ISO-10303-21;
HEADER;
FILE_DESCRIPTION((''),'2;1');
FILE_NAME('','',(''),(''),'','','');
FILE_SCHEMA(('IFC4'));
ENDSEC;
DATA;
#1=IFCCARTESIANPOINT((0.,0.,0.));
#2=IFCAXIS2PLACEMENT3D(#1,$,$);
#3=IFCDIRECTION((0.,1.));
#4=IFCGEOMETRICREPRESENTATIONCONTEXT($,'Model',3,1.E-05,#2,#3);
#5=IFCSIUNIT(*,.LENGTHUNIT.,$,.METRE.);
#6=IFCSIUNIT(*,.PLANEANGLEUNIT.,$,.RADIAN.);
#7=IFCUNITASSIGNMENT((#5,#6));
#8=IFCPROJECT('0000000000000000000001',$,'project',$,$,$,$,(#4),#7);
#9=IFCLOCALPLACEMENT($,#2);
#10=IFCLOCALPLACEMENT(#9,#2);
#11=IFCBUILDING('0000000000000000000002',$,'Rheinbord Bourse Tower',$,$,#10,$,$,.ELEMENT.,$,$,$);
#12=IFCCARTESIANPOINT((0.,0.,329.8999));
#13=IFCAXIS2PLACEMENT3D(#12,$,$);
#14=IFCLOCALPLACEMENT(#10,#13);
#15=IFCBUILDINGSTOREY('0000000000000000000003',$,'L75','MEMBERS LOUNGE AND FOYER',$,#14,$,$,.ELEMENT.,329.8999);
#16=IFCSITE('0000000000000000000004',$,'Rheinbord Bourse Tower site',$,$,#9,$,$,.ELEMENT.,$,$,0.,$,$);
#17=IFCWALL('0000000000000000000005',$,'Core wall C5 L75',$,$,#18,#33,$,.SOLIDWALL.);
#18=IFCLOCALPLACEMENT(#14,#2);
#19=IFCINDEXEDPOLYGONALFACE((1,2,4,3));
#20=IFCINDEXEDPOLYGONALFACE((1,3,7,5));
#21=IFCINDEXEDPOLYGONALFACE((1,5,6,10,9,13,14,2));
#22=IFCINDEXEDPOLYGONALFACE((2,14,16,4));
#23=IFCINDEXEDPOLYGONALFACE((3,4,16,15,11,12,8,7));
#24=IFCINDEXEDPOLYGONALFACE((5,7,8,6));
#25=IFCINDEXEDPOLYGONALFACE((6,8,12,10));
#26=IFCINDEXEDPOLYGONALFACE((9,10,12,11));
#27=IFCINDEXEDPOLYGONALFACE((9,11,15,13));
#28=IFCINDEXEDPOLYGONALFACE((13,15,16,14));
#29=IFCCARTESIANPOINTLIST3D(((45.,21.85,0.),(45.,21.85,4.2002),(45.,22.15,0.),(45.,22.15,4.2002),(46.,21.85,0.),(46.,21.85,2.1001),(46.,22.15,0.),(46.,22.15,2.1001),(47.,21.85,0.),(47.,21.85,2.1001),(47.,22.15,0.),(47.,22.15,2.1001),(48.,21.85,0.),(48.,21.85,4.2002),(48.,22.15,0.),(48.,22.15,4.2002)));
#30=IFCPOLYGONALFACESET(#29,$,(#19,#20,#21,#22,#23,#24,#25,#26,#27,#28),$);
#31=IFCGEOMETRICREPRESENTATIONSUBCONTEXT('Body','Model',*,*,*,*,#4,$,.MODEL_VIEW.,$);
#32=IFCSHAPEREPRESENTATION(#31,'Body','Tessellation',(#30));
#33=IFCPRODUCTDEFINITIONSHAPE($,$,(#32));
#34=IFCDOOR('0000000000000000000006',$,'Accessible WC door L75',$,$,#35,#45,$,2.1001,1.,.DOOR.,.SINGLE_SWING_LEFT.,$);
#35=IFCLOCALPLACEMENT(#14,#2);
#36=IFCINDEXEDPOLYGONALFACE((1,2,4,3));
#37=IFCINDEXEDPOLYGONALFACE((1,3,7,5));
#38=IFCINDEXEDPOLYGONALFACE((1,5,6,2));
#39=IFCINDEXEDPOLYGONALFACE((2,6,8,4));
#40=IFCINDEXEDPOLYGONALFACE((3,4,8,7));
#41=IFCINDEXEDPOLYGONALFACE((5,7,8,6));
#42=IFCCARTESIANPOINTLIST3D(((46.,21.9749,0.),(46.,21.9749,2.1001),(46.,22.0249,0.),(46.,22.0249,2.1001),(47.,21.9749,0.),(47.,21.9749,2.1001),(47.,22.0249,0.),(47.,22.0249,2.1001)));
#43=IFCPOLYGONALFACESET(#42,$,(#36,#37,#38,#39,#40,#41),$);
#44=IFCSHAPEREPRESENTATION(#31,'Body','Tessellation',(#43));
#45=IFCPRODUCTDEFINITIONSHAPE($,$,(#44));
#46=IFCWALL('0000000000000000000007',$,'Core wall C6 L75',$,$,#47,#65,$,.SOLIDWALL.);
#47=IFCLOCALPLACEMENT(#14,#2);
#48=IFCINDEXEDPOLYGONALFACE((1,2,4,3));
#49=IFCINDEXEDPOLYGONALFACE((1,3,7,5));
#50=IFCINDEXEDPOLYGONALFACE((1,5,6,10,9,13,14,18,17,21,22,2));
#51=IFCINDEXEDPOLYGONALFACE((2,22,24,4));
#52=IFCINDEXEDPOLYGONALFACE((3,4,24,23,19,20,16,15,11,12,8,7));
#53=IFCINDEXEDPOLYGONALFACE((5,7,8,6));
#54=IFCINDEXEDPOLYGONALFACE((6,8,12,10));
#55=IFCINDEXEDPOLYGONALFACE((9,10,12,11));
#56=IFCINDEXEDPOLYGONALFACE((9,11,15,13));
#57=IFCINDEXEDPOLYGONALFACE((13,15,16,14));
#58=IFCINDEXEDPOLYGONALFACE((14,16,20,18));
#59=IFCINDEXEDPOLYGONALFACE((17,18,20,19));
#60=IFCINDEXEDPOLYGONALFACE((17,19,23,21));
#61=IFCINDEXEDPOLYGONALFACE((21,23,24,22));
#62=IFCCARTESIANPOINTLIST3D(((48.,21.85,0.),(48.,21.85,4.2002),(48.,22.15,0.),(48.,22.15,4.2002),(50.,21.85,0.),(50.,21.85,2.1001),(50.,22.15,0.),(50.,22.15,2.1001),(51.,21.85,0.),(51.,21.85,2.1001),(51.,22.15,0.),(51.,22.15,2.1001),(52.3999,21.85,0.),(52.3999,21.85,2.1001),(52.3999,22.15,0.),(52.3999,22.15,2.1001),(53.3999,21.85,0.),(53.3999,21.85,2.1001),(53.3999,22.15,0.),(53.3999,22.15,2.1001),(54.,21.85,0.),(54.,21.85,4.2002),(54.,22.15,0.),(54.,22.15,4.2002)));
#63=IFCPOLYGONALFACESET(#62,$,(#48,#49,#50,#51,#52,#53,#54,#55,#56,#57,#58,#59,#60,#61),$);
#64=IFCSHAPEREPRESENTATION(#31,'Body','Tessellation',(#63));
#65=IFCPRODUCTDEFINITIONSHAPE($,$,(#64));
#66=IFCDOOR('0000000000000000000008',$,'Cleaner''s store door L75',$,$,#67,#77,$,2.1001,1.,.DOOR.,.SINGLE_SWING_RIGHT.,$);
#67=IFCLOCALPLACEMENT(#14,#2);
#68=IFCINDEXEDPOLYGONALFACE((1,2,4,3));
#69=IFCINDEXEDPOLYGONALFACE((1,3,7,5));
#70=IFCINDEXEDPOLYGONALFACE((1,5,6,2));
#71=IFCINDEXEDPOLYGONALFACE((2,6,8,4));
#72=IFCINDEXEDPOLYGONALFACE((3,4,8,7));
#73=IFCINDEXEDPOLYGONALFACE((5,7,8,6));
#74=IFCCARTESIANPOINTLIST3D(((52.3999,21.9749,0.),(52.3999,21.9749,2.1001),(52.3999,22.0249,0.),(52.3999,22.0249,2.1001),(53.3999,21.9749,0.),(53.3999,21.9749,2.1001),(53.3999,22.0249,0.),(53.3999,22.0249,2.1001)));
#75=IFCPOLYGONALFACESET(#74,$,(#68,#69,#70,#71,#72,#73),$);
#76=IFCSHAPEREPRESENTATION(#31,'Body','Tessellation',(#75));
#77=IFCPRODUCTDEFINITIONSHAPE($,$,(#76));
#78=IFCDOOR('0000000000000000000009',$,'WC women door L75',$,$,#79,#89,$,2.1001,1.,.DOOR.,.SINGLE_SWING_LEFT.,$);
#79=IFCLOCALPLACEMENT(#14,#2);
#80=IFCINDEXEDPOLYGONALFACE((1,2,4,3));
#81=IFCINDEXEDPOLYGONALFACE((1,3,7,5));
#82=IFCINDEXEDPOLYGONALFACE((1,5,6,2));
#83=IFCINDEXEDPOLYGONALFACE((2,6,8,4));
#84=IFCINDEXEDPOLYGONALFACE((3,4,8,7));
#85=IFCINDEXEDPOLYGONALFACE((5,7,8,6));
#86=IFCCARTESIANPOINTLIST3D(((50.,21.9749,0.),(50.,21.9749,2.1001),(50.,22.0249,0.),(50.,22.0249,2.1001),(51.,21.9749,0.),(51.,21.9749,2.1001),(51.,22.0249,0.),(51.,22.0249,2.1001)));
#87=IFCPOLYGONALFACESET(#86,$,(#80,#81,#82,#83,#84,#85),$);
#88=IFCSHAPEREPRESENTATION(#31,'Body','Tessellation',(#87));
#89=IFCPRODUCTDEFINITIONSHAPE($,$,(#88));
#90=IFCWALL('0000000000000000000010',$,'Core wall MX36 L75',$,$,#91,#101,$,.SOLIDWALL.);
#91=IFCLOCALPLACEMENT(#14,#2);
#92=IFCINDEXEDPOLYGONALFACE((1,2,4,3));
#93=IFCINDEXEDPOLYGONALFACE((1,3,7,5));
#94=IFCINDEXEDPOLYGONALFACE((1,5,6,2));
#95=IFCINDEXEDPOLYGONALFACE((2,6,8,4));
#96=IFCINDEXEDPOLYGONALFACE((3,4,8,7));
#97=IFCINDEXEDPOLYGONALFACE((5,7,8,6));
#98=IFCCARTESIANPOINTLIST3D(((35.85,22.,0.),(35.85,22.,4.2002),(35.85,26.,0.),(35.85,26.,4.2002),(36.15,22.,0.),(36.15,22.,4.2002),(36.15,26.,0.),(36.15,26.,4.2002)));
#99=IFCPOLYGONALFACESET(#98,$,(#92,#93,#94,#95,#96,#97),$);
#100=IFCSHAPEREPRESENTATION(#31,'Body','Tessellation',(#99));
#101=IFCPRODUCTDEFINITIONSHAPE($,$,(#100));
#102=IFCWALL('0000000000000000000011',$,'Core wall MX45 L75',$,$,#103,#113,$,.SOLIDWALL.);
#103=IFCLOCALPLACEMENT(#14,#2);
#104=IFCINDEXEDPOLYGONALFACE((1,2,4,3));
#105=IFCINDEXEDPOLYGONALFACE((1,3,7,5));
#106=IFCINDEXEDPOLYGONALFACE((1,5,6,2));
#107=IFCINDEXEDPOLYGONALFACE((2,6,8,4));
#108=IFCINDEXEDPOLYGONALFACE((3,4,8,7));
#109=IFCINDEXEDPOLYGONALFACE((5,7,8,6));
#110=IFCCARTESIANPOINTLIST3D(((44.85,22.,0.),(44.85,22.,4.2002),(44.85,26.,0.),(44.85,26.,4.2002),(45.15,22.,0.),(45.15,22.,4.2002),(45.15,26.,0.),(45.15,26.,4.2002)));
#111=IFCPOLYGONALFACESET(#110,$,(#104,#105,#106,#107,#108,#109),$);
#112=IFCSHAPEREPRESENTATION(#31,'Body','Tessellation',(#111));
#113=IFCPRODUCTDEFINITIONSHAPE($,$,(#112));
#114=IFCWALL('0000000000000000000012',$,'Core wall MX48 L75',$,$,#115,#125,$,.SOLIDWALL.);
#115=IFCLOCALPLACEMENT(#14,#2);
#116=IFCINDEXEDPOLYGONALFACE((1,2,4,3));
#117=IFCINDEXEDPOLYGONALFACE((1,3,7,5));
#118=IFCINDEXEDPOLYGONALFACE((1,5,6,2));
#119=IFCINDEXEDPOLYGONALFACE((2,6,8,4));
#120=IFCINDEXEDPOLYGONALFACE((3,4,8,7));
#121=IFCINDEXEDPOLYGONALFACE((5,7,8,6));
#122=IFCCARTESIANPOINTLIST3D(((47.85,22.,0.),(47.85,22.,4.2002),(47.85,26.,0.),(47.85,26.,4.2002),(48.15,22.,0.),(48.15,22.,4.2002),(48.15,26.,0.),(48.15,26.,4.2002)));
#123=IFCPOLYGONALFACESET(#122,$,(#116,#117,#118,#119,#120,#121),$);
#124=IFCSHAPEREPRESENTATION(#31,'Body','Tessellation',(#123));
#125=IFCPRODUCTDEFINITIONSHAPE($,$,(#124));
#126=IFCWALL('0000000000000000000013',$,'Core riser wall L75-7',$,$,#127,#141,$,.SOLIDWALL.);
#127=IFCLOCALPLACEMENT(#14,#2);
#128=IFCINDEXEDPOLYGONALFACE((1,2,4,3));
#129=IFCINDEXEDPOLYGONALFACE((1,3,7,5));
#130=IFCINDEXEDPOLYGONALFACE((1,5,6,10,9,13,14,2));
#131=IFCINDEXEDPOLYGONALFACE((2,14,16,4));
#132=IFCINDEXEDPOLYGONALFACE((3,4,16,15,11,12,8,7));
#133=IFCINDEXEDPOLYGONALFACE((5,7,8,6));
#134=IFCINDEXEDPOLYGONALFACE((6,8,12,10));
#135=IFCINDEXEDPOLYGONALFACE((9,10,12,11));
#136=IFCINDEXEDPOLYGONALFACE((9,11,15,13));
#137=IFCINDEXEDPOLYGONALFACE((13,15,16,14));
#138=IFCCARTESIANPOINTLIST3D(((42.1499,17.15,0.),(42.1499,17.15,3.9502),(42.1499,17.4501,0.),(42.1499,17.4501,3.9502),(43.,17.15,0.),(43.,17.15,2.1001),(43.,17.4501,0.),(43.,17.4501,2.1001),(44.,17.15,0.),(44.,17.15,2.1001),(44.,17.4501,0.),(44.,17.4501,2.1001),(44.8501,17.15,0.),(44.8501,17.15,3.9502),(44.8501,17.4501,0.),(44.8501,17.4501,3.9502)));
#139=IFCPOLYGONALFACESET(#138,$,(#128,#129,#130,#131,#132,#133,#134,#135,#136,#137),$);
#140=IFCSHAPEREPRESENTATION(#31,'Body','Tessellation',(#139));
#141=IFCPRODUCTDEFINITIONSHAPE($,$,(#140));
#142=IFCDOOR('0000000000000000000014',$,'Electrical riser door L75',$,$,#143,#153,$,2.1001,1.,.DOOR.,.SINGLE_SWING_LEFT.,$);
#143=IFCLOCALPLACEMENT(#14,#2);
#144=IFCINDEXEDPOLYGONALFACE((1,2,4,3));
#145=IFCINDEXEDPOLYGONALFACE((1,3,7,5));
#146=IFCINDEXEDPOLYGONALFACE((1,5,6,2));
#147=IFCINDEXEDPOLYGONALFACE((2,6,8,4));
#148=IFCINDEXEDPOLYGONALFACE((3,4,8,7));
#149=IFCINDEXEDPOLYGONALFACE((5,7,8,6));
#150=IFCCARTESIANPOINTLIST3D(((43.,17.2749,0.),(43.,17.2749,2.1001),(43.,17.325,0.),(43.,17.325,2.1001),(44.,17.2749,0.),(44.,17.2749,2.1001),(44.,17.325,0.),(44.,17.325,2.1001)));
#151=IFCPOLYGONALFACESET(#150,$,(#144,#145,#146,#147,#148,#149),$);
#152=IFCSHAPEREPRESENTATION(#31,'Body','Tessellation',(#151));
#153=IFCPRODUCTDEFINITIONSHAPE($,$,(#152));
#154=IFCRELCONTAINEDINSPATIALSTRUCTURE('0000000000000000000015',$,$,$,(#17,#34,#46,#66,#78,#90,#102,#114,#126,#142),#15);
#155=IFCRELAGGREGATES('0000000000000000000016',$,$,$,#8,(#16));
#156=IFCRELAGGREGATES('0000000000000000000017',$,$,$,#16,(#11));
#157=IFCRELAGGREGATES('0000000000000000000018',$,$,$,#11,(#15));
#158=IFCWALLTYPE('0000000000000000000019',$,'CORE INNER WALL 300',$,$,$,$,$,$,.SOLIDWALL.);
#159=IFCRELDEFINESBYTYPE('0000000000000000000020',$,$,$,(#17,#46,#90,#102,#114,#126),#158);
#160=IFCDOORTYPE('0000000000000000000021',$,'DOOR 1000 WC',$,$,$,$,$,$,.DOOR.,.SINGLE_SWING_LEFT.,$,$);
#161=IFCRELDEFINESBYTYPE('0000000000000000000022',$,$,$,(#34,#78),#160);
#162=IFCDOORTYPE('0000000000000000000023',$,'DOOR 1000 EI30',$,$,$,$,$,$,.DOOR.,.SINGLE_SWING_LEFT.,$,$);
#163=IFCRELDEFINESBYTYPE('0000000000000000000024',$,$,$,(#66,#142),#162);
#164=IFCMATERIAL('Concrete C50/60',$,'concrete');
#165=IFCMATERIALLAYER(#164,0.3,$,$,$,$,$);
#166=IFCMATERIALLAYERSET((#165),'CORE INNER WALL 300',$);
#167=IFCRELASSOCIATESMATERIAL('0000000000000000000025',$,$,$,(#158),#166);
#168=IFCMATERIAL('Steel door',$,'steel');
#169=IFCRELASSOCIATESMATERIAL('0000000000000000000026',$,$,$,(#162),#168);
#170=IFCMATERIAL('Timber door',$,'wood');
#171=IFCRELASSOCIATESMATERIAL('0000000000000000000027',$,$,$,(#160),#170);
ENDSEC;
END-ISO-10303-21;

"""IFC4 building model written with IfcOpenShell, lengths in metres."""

from ifc_helpers import new_model, si_unit, direction, frame, frame_2d, origin, place, context, subcontext, project, spatial, rectangle, extrude, material, layer, layer_set, type_object, element, fill, save


model = new_model("IFC4")

# Units and contexts
model_context = context("Model", 3, precision=1e-05, world=origin(), true_north=direction((0.0, 1.0)))
body_context = subcontext(model_context, "Body", "Model", "MODEL_VIEW")
ifc_project = project(units=[si_unit("LENGTHUNIT", "METRE"), si_unit("PLANEANGLEUNIT", "RADIAN")], contexts=[model_context])

# Site, building, storey
site_placement = place(None, origin())
site = spatial("IfcSite", under=ifc_project, at=site_placement, Name="Rheinbord Bourse Tower site", CompositionType="ELEMENT", RefElevation=0.0)
building_placement = place(site_placement, origin())
building = spatial("IfcBuilding", under=site, at=building_placement, Name="Rheinbord Bourse Tower", CompositionType="ELEMENT")
storey_placement = place(building_placement, frame((0.0, 0.0, 329.8999)))
storey = spatial("IfcBuildingStorey", under=building, at=storey_placement, Name="L75", Description="MEMBERS LOUNGE AND FOYER", CompositionType="ELEMENT", Elevation=329.8999)

# Wall, opening, door
ifc_material_1 = material(Name="Concrete C50/60", Category="concrete")
ifc_layer_1 = layer(ifc_material_1, 0.3)
ifc_layer_set_1 = layer_set([ifc_layer_1], Name="CORE INNER WALL 300")
wall_type_1 = type_object("IfcWallType", Name="CORE INNER WALL 300", PredefinedType="SOLIDWALL", material=ifc_layer_set_1)
ifc_material_2 = material(Name="Steel door", Category="steel")
door_type_1 = type_object("IfcDoorType", Name="DOOR 1000 EI30", OperationType="SINGLE_SWING_LEFT", PredefinedType="DOOR", material=ifc_material_2)
wall_1_placement = place(storey_placement, frame((45.0, 22.0, 0.0), z_axis=(0.0, 0.0, 1.0), x_axis=(1.0, 0.0, 0.0)))
wall_1 = element("IfcWall", 1, at=wall_1_placement, inside=storey, type_object=wall_type_1, Name="Core wall C5 L75", PredefinedType="SOLIDWALL", context=body_context, shape_type="SweptSolid", body=[
    extrude(rectangle(XDim=3.0, YDim=0.3, at=frame_2d((1.5, 0.0))), origin(), (0.0, 0.0, 1.0), 4.2002),
])
opening_1_placement = place(wall_1_placement, frame((1.0, 0.0, 0.0)))
opening_1 = element("IfcOpeningElement", 2, at=opening_1_placement, cuts=wall_1, PredefinedType="OPENING", context=body_context, shape_type="SweptSolid", body=[
    extrude(rectangle(XDim=1.0, YDim=2.1001, at=frame_2d((0.5, 1.05))), frame((0.0, 0.1599, 0.0), z_axis=(0.0, -1.0, 0.0), x_axis=(1.0, 0.0, 0.0)), (0.0, 0.0, 1.0), 0.3201),
])
ifc_material_3 = material(Name="Timber door", Category="wood")
door_type_2 = type_object("IfcDoorType", Name="DOOR 1000 WC", OperationType="SINGLE_SWING_LEFT", PredefinedType="DOOR", material=ifc_material_3)
door_1_placement = place(opening_1_placement, origin())
door_1 = element("IfcDoor", 3, at=door_1_placement, inside=storey, type_object=door_type_2, Name="Accessible WC door L75", OperationType="SINGLE_SWING_LEFT", OverallHeight=2.1001, OverallWidth=1.0, PredefinedType="DOOR", context=body_context, shape_type="SweptSolid", body=[
    extrude(rectangle(XDim=1.0, YDim=2.1001, at=frame_2d((0.5, 1.05))), frame((0.0, 0.0249, 0.0), z_axis=(0.0, -1.0, 0.0), x_axis=(1.0, 0.0, 0.0)), (0.0, 0.0, 1.0), 0.05),
])
fill(opening_1, door_1)

# Wall, openings, doors
wall_2_placement = place(storey_placement, frame((48.0, 22.0, 0.0), z_axis=(0.0, 0.0, 1.0), x_axis=(1.0, 0.0, 0.0)))
wall_2 = element("IfcWall", 4, at=wall_2_placement, inside=storey, type_object=wall_type_1, Name="Core wall C6 L75", PredefinedType="SOLIDWALL", context=body_context, shape_type="SweptSolid", body=[
    extrude(rectangle(XDim=6.0, YDim=0.3, at=frame_2d((3.0, 0.0))), origin(), (0.0, 0.0, 1.0), 4.2002),
])
opening_2_placement = place(wall_2_placement, frame((2.0, 0.0, 0.0)))
opening_2 = element("IfcOpeningElement", 5, at=opening_2_placement, cuts=wall_2, PredefinedType="OPENING", context=body_context, shape_type="SweptSolid", body=[
    extrude(rectangle(XDim=1.0, YDim=2.1001, at=frame_2d((0.5, 1.05))), frame((0.0, 0.1599, 0.0), z_axis=(0.0, -1.0, 0.0), x_axis=(1.0, 0.0, 0.0)), (0.0, 0.0, 1.0), 0.3201),
])
opening_3_placement = place(wall_2_placement, frame((4.3999, 0.0, 0.0)))
opening_3 = element("IfcOpeningElement", 6, at=opening_3_placement, cuts=wall_2, PredefinedType="OPENING", context=body_context, shape_type="SweptSolid", body=[
    extrude(rectangle(XDim=1.0, YDim=2.1001, at=frame_2d((0.5, 1.05))), frame((0.0, 0.1599, 0.0), z_axis=(0.0, -1.0, 0.0), x_axis=(1.0, 0.0, 0.0)), (0.0, 0.0, 1.0), 0.3201),
])
door_2_placement = place(opening_3_placement, origin())
door_2 = element("IfcDoor", 7, at=door_2_placement, inside=storey, type_object=door_type_1, Name="Cleaner's store door L75", OperationType="SINGLE_SWING_RIGHT", OverallHeight=2.1001, OverallWidth=1.0, PredefinedType="DOOR", context=body_context, shape_type="SweptSolid", body=[
    extrude(rectangle(XDim=1.0, YDim=2.1001, at=frame_2d((0.5, 1.05))), frame((0.0, 0.0249, 0.0), z_axis=(0.0, -1.0, 0.0), x_axis=(1.0, 0.0, 0.0)), (0.0, 0.0, 1.0), 0.05),
])
fill(opening_3, door_2)
door_3_placement = place(opening_2_placement, origin())
door_3 = element("IfcDoor", 8, at=door_3_placement, inside=storey, type_object=door_type_2, Name="WC women door L75", OperationType="SINGLE_SWING_LEFT", OverallHeight=2.1001, OverallWidth=1.0, PredefinedType="DOOR", context=body_context, shape_type="SweptSolid", body=[
    extrude(rectangle(XDim=1.0, YDim=2.1001, at=frame_2d((0.5, 1.05))), frame((0.0, 0.0249, 0.0), z_axis=(0.0, -1.0, 0.0), x_axis=(1.0, 0.0, 0.0)), (0.0, 0.0, 1.0), 0.05),
])
fill(opening_2, door_3)

# Walls
for number, where, z_axis, x_axis, name in (
    (9, (36.0, 22.0, 0.0), (0.0, 0.0, 1.0), (0.0, 1.0, 0.0), "Core wall MX36 L75"),
    (10, (45.0, 22.0, 0.0), (0.0, 0.0, 1.0), (0.0, 1.0, 0.0), "Core wall MX45 L75"),
    (11, (48.0, 22.0, 0.0), (0.0, 0.0, 1.0), (0.0, 1.0, 0.0), "Core wall MX48 L75"),
):
    element("IfcWall", number, at=place(storey_placement, frame(where, z_axis=z_axis, x_axis=x_axis)), inside=storey, type_object=wall_type_1, Name=name, PredefinedType="SOLIDWALL", context=body_context, shape_type="SweptSolid", body=[
        extrude(rectangle(XDim=4.0, YDim=0.3, at=frame_2d((2.0, 0.0))), origin(), (0.0, 0.0, 1.0), 4.2002),
    ])

# Wall, opening, door
wall_3_placement = place(storey_placement, frame((42.1499, 17.3, 0.0), z_axis=(0.0, 0.0, 1.0), x_axis=(1.0, 0.0, 0.0)))
wall_3 = element("IfcWall", 12, at=wall_3_placement, inside=storey, type_object=wall_type_1, Name="Core riser wall L75-7", PredefinedType="SOLIDWALL", context=body_context, shape_type="SweptSolid", body=[
    extrude(rectangle(XDim=2.7002, YDim=0.3, at=frame_2d((1.3501, 0.0))), origin(), (0.0, 0.0, 1.0), 3.9502),
])
opening_4_placement = place(wall_3_placement, frame((0.8501, 0.0, 0.0)))
opening_4 = element("IfcOpeningElement", 13, at=opening_4_placement, cuts=wall_3, PredefinedType="OPENING", context=body_context, shape_type="SweptSolid", body=[
    extrude(rectangle(XDim=1.0, YDim=2.1001, at=frame_2d((0.5, 1.05))), frame((0.0, 0.1599, 0.0), z_axis=(0.0, -1.0, 0.0), x_axis=(1.0, 0.0, 0.0)), (0.0, 0.0, 1.0), 0.3201),
])
door_4_placement = place(opening_4_placement, origin())
door_4 = element("IfcDoor", 14, at=door_4_placement, inside=storey, type_object=door_type_1, Name="Electrical riser door L75", OperationType="SINGLE_SWING_LEFT", OverallHeight=2.1001, OverallWidth=1.0, PredefinedType="DOOR", context=body_context, shape_type="SweptSolid", body=[
    extrude(rectangle(XDim=1.0, YDim=2.1001, at=frame_2d((0.5, 1.05))), frame((0.0, 0.0249, 0.0), z_axis=(0.0, -1.0, 0.0), x_axis=(1.0, 0.0, 0.0)), (0.0, 0.0, 1.0), 0.05),
])
fill(opening_4, door_4)

save(model, "model.ifc")
